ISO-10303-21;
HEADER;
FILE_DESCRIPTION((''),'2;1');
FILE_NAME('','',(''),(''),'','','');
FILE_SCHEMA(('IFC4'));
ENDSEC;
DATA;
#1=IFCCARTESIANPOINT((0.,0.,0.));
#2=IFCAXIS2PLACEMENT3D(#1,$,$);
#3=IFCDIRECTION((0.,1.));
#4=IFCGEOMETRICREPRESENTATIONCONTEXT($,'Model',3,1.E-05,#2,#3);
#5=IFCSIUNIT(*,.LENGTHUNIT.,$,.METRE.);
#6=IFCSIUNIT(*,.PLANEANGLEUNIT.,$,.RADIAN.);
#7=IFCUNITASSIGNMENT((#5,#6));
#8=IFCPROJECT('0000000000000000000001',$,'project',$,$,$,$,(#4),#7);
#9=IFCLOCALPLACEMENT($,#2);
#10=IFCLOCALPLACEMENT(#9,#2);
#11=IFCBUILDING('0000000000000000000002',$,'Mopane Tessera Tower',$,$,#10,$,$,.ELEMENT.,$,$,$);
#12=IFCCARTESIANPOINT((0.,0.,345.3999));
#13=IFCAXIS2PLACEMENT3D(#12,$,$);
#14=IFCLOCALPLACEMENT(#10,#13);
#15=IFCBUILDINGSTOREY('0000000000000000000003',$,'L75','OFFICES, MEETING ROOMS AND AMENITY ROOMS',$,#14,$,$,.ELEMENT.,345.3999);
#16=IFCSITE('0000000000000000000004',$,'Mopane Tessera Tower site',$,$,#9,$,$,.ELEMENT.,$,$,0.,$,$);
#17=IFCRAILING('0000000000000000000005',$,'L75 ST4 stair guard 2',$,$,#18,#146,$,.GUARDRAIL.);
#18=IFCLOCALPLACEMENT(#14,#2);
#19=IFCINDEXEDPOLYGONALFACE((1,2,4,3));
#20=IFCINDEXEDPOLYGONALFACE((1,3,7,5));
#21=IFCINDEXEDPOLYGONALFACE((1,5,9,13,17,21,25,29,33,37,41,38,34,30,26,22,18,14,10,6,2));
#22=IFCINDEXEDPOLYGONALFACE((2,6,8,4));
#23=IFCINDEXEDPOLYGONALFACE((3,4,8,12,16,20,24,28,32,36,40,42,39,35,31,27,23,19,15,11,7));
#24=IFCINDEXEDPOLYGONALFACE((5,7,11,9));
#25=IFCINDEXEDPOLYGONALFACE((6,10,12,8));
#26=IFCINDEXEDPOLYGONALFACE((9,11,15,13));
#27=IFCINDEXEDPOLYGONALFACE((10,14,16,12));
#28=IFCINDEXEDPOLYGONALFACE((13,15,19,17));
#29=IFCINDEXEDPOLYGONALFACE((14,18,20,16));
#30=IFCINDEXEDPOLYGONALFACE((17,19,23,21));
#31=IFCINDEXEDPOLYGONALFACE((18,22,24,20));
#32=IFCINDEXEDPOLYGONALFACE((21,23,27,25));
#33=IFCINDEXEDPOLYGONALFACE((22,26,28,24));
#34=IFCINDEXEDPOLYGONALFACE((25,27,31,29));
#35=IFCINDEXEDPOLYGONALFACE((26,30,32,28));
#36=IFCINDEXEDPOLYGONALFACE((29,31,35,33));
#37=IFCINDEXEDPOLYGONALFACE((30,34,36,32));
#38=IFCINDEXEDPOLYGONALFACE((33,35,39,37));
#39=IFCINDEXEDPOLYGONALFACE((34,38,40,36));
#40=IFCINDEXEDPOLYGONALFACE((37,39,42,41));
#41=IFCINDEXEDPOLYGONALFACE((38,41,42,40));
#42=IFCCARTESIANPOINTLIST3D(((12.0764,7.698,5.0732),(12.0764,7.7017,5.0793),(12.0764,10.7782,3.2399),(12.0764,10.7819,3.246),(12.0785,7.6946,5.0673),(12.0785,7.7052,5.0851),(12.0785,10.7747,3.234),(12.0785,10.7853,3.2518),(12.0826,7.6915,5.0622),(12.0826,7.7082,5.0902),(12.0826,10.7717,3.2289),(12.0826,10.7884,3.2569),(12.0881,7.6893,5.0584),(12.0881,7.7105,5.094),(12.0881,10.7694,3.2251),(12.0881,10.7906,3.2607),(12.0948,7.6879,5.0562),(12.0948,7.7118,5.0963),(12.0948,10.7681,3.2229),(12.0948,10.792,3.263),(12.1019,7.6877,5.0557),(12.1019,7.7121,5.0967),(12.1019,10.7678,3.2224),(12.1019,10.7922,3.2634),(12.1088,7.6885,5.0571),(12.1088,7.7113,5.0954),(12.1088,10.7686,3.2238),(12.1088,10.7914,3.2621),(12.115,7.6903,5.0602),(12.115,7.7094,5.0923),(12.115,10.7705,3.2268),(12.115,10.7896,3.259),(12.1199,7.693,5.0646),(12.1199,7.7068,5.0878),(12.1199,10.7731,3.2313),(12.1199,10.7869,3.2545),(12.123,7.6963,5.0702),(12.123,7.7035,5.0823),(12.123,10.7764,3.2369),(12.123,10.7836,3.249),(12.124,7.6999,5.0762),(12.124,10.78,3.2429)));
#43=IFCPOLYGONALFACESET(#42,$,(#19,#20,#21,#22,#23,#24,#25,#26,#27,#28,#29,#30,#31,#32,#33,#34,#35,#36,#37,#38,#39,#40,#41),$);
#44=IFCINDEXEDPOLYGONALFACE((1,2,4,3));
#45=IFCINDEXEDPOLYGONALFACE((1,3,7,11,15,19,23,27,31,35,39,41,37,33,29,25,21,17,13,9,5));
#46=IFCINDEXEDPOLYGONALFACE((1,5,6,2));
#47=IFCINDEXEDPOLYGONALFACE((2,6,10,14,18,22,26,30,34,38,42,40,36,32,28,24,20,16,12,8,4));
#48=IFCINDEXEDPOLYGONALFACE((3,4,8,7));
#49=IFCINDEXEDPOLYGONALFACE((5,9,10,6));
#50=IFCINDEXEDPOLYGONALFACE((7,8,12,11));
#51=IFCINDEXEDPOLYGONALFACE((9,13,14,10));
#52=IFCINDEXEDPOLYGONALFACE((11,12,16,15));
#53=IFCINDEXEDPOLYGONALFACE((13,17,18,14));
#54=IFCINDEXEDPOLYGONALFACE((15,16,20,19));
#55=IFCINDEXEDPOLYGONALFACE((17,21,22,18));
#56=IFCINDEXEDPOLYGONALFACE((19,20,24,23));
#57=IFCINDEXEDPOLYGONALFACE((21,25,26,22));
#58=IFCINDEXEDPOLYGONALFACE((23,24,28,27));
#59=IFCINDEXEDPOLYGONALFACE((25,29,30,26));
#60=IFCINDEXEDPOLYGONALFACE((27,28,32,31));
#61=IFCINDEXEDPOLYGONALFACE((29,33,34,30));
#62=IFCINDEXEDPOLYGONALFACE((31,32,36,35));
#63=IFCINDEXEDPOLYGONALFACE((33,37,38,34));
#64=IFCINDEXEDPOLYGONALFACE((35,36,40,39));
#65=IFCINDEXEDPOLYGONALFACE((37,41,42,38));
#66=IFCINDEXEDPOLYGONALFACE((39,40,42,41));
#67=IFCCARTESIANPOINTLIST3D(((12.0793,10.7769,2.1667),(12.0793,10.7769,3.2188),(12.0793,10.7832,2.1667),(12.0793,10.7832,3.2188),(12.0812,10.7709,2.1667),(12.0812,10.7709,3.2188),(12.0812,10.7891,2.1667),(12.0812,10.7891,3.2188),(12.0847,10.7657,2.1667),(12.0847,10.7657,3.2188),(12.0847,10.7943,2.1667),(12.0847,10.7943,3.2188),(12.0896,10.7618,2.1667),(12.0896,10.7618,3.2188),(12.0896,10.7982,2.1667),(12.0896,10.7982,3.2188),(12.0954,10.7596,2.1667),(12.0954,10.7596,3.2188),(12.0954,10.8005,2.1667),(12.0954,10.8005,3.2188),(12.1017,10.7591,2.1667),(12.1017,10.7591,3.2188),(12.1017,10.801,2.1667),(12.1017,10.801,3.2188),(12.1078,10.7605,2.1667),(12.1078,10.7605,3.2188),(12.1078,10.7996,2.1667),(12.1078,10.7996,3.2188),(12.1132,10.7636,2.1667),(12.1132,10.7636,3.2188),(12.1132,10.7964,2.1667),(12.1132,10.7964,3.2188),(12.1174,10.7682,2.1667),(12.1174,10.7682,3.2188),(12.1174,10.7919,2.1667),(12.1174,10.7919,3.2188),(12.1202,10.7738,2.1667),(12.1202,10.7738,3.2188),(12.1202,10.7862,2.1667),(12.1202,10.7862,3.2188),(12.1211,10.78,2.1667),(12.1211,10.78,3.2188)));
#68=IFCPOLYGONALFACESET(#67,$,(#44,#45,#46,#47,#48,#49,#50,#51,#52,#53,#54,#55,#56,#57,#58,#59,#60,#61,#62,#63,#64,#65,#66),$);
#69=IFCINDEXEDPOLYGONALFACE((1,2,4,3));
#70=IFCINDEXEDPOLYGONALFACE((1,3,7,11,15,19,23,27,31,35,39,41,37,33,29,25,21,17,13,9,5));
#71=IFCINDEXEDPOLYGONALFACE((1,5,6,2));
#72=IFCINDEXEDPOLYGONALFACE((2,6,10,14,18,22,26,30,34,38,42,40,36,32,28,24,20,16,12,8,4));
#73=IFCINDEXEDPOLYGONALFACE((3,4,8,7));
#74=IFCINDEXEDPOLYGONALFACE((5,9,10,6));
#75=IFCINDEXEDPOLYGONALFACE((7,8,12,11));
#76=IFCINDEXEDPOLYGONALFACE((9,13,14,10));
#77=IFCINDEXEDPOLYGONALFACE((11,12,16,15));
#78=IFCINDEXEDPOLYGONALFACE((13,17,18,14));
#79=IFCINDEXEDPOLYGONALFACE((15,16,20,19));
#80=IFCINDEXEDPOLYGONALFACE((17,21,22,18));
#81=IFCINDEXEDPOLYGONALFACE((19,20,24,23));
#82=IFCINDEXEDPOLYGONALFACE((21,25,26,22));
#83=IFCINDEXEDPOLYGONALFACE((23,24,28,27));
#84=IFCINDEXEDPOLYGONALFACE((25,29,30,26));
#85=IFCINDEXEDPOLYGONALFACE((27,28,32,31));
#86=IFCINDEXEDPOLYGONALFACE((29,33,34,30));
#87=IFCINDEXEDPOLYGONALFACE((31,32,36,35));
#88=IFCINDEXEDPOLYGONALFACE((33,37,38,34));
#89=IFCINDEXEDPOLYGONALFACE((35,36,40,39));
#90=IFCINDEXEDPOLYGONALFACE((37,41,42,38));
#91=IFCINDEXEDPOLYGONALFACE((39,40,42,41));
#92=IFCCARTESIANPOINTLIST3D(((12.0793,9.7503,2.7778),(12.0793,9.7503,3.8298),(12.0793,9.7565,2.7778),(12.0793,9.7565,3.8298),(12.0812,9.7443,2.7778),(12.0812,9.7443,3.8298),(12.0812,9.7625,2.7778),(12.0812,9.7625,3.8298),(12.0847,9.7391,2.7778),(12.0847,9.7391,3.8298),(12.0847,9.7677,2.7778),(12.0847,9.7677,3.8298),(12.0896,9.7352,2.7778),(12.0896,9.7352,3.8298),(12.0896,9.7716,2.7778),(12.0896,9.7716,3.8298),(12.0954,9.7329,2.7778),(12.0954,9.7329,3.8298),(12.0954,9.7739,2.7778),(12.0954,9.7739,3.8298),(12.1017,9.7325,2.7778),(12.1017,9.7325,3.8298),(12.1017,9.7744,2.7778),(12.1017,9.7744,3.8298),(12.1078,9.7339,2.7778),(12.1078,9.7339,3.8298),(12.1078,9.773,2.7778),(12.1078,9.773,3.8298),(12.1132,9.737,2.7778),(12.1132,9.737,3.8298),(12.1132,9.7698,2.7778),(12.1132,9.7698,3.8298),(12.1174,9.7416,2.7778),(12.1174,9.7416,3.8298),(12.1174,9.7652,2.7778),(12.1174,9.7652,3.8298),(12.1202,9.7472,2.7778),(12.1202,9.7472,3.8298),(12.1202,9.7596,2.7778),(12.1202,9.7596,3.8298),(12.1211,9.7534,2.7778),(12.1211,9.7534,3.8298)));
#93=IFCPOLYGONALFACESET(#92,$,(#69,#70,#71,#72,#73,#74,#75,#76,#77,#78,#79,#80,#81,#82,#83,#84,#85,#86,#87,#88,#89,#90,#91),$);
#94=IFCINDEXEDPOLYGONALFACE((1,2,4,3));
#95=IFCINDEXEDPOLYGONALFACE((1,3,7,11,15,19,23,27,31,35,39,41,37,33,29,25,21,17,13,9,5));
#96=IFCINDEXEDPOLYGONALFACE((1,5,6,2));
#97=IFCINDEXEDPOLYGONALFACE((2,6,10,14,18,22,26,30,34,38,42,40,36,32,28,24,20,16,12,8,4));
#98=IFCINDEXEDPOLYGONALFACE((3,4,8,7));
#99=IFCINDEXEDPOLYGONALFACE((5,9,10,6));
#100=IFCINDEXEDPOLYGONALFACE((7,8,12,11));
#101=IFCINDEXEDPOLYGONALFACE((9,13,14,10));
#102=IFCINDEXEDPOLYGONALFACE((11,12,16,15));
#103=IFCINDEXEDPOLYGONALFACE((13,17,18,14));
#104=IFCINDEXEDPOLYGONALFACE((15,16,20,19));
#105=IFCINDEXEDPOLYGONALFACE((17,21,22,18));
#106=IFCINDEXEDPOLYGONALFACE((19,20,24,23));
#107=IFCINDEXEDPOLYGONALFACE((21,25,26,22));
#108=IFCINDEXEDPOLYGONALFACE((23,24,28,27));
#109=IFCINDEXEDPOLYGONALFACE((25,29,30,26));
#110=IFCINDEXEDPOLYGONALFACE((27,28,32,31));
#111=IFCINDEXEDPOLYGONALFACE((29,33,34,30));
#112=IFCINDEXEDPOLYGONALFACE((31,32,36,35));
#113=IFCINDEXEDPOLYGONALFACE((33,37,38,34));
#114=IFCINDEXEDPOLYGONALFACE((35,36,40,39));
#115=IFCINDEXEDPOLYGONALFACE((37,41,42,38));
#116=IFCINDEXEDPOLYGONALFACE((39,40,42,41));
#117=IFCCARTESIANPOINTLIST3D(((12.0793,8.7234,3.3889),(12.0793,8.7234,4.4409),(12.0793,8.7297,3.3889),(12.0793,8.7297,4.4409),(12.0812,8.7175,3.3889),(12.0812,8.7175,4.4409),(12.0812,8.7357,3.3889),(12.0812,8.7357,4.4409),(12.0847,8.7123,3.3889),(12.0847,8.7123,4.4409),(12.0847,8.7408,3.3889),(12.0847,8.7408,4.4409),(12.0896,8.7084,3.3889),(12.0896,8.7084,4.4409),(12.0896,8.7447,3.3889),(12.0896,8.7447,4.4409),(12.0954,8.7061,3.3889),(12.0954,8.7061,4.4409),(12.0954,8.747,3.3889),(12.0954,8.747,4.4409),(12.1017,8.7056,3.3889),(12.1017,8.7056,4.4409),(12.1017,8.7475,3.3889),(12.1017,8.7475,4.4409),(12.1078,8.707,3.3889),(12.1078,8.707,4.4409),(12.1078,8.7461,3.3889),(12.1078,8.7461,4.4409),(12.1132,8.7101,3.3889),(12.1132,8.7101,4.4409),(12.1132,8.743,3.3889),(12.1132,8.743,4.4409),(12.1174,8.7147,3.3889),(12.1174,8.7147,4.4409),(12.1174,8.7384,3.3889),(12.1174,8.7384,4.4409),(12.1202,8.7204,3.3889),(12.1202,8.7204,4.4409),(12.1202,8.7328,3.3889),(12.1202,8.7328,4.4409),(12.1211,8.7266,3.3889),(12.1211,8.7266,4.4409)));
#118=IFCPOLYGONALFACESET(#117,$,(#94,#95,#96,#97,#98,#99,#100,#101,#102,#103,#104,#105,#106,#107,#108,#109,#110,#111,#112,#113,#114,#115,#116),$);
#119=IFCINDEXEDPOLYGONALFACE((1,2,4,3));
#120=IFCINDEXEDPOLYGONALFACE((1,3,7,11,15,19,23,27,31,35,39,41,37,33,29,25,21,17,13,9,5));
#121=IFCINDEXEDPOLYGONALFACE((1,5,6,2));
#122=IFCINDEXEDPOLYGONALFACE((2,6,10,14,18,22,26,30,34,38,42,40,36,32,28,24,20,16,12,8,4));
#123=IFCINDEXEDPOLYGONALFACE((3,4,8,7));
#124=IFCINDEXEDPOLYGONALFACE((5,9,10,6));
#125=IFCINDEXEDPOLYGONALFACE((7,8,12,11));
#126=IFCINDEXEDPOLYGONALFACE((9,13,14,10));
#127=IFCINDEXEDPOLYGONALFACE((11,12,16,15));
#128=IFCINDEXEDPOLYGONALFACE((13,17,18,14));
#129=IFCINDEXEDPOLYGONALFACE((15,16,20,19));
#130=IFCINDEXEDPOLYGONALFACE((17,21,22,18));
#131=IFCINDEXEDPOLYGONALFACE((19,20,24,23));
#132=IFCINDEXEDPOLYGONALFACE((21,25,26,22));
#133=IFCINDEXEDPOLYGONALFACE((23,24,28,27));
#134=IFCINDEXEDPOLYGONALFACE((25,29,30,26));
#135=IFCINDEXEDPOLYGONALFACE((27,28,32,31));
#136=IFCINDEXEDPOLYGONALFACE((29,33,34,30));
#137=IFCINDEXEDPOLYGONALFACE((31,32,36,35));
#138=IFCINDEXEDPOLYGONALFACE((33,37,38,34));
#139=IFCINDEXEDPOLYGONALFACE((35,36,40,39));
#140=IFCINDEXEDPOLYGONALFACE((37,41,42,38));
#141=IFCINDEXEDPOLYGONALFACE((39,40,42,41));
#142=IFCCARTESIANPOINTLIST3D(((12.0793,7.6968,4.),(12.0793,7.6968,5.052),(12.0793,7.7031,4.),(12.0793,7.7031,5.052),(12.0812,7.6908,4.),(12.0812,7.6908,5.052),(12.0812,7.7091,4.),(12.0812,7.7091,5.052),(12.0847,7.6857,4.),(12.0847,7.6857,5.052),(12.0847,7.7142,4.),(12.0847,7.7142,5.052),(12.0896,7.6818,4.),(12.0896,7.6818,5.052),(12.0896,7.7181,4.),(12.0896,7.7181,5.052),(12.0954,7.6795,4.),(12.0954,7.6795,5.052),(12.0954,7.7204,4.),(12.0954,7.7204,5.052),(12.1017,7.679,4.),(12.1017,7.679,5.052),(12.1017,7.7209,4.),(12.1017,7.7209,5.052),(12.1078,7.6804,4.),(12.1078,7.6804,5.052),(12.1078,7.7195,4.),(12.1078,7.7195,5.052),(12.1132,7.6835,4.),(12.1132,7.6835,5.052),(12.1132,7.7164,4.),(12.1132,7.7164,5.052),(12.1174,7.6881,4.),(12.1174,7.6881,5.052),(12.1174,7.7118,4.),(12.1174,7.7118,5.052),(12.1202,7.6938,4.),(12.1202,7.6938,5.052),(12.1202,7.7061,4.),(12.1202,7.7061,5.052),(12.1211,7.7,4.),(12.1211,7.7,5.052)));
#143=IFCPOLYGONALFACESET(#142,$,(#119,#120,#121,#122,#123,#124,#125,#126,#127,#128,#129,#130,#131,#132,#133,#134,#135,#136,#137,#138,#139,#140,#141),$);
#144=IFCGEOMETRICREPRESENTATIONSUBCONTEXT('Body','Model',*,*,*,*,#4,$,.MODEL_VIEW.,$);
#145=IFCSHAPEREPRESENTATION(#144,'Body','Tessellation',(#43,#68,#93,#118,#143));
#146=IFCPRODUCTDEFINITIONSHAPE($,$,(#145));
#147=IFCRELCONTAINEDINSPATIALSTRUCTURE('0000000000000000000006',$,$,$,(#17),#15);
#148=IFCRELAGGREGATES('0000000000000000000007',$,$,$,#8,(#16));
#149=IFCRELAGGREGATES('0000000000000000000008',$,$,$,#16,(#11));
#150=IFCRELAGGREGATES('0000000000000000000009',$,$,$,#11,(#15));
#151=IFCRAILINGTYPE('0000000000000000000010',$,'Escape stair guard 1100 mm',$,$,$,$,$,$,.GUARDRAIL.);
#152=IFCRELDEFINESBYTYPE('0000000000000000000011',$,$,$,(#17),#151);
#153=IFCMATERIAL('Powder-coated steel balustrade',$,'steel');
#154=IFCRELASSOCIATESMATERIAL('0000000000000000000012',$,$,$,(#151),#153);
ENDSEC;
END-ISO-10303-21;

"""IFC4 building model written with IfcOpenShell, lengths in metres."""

from ifc_helpers import new_model, si_unit, direction, frame, origin, origin_2d, place, context, subcontext, project, spatial, circle, extrude, material, type_object, element, save


model = new_model("IFC4")

# Units and contexts
model_context = context("Model", 3, precision=1e-05, world=origin(), true_north=direction((0.0, 1.0)))
body_context = subcontext(model_context, "Body", "Model", "MODEL_VIEW")
ifc_project = project(units=[si_unit("LENGTHUNIT", "METRE"), si_unit("PLANEANGLEUNIT", "RADIAN")], contexts=[model_context])

# Site, building, storey
site_placement = place(None, origin())
site = spatial("IfcSite", under=ifc_project, at=site_placement, Name="Mopane Tessera Tower site", CompositionType="ELEMENT", RefElevation=0.0)
building_placement = place(site_placement, origin())
building = spatial("IfcBuilding", under=site, at=building_placement, Name="Mopane Tessera Tower", CompositionType="ELEMENT")
storey_placement = place(building_placement, frame((0.0, 0.0, 345.3999)))
storey = spatial("IfcBuildingStorey", under=building, at=storey_placement, Name="L75", Description="OFFICES, MEETING ROOMS AND AMENITY ROOMS", CompositionType="ELEMENT", Elevation=345.3999)

# Railing
ifc_material_1 = material(Name="Powder-coated steel balustrade", Category="steel")
railing_type_1 = type_object("IfcRailingType", Name="Escape stair guard 1100 mm", PredefinedType="GUARDRAIL", material=ifc_material_1)
railing_1_placement = place(storey_placement, frame((12.1001, 10.78, 2.1667)))
element("IfcRailing", 1, at=railing_1_placement, inside=storey, type_object=railing_type_1, Name="L75 ST4 stair guard 2", PredefinedType="GUARDRAIL", context=body_context, shape_type="SweptSolid", body=[
    extrude(circle(Radius=0.0239, at=origin_2d()), frame((0.0, 0.0, 1.0762), z_axis=(0.0, -0.859309, 0.511458), x_axis=(1.0, 0.0, 0.0)), (0.0, 0.0, 1.0), 3.5845),
    extrude(circle(Radius=0.021, at=origin_2d()), origin(), (0.0, 0.0, 1.0), 1.052),
    extrude(circle(Radius=0.021, at=origin_2d()), frame((0.0, -1.0266, 0.6111)), (0.0, 0.0, 1.0), 1.052),
    extrude(circle(Radius=0.021, at=origin_2d()), frame((0.0, -2.0535, 1.2222)), (0.0, 0.0, 1.0), 1.052),
    extrude(circle(Radius=0.021, at=origin_2d()), frame((0.0, -3.0801, 1.8333)), (0.0, 0.0, 1.0), 1.052),
])

save(model, "model.ifc")
